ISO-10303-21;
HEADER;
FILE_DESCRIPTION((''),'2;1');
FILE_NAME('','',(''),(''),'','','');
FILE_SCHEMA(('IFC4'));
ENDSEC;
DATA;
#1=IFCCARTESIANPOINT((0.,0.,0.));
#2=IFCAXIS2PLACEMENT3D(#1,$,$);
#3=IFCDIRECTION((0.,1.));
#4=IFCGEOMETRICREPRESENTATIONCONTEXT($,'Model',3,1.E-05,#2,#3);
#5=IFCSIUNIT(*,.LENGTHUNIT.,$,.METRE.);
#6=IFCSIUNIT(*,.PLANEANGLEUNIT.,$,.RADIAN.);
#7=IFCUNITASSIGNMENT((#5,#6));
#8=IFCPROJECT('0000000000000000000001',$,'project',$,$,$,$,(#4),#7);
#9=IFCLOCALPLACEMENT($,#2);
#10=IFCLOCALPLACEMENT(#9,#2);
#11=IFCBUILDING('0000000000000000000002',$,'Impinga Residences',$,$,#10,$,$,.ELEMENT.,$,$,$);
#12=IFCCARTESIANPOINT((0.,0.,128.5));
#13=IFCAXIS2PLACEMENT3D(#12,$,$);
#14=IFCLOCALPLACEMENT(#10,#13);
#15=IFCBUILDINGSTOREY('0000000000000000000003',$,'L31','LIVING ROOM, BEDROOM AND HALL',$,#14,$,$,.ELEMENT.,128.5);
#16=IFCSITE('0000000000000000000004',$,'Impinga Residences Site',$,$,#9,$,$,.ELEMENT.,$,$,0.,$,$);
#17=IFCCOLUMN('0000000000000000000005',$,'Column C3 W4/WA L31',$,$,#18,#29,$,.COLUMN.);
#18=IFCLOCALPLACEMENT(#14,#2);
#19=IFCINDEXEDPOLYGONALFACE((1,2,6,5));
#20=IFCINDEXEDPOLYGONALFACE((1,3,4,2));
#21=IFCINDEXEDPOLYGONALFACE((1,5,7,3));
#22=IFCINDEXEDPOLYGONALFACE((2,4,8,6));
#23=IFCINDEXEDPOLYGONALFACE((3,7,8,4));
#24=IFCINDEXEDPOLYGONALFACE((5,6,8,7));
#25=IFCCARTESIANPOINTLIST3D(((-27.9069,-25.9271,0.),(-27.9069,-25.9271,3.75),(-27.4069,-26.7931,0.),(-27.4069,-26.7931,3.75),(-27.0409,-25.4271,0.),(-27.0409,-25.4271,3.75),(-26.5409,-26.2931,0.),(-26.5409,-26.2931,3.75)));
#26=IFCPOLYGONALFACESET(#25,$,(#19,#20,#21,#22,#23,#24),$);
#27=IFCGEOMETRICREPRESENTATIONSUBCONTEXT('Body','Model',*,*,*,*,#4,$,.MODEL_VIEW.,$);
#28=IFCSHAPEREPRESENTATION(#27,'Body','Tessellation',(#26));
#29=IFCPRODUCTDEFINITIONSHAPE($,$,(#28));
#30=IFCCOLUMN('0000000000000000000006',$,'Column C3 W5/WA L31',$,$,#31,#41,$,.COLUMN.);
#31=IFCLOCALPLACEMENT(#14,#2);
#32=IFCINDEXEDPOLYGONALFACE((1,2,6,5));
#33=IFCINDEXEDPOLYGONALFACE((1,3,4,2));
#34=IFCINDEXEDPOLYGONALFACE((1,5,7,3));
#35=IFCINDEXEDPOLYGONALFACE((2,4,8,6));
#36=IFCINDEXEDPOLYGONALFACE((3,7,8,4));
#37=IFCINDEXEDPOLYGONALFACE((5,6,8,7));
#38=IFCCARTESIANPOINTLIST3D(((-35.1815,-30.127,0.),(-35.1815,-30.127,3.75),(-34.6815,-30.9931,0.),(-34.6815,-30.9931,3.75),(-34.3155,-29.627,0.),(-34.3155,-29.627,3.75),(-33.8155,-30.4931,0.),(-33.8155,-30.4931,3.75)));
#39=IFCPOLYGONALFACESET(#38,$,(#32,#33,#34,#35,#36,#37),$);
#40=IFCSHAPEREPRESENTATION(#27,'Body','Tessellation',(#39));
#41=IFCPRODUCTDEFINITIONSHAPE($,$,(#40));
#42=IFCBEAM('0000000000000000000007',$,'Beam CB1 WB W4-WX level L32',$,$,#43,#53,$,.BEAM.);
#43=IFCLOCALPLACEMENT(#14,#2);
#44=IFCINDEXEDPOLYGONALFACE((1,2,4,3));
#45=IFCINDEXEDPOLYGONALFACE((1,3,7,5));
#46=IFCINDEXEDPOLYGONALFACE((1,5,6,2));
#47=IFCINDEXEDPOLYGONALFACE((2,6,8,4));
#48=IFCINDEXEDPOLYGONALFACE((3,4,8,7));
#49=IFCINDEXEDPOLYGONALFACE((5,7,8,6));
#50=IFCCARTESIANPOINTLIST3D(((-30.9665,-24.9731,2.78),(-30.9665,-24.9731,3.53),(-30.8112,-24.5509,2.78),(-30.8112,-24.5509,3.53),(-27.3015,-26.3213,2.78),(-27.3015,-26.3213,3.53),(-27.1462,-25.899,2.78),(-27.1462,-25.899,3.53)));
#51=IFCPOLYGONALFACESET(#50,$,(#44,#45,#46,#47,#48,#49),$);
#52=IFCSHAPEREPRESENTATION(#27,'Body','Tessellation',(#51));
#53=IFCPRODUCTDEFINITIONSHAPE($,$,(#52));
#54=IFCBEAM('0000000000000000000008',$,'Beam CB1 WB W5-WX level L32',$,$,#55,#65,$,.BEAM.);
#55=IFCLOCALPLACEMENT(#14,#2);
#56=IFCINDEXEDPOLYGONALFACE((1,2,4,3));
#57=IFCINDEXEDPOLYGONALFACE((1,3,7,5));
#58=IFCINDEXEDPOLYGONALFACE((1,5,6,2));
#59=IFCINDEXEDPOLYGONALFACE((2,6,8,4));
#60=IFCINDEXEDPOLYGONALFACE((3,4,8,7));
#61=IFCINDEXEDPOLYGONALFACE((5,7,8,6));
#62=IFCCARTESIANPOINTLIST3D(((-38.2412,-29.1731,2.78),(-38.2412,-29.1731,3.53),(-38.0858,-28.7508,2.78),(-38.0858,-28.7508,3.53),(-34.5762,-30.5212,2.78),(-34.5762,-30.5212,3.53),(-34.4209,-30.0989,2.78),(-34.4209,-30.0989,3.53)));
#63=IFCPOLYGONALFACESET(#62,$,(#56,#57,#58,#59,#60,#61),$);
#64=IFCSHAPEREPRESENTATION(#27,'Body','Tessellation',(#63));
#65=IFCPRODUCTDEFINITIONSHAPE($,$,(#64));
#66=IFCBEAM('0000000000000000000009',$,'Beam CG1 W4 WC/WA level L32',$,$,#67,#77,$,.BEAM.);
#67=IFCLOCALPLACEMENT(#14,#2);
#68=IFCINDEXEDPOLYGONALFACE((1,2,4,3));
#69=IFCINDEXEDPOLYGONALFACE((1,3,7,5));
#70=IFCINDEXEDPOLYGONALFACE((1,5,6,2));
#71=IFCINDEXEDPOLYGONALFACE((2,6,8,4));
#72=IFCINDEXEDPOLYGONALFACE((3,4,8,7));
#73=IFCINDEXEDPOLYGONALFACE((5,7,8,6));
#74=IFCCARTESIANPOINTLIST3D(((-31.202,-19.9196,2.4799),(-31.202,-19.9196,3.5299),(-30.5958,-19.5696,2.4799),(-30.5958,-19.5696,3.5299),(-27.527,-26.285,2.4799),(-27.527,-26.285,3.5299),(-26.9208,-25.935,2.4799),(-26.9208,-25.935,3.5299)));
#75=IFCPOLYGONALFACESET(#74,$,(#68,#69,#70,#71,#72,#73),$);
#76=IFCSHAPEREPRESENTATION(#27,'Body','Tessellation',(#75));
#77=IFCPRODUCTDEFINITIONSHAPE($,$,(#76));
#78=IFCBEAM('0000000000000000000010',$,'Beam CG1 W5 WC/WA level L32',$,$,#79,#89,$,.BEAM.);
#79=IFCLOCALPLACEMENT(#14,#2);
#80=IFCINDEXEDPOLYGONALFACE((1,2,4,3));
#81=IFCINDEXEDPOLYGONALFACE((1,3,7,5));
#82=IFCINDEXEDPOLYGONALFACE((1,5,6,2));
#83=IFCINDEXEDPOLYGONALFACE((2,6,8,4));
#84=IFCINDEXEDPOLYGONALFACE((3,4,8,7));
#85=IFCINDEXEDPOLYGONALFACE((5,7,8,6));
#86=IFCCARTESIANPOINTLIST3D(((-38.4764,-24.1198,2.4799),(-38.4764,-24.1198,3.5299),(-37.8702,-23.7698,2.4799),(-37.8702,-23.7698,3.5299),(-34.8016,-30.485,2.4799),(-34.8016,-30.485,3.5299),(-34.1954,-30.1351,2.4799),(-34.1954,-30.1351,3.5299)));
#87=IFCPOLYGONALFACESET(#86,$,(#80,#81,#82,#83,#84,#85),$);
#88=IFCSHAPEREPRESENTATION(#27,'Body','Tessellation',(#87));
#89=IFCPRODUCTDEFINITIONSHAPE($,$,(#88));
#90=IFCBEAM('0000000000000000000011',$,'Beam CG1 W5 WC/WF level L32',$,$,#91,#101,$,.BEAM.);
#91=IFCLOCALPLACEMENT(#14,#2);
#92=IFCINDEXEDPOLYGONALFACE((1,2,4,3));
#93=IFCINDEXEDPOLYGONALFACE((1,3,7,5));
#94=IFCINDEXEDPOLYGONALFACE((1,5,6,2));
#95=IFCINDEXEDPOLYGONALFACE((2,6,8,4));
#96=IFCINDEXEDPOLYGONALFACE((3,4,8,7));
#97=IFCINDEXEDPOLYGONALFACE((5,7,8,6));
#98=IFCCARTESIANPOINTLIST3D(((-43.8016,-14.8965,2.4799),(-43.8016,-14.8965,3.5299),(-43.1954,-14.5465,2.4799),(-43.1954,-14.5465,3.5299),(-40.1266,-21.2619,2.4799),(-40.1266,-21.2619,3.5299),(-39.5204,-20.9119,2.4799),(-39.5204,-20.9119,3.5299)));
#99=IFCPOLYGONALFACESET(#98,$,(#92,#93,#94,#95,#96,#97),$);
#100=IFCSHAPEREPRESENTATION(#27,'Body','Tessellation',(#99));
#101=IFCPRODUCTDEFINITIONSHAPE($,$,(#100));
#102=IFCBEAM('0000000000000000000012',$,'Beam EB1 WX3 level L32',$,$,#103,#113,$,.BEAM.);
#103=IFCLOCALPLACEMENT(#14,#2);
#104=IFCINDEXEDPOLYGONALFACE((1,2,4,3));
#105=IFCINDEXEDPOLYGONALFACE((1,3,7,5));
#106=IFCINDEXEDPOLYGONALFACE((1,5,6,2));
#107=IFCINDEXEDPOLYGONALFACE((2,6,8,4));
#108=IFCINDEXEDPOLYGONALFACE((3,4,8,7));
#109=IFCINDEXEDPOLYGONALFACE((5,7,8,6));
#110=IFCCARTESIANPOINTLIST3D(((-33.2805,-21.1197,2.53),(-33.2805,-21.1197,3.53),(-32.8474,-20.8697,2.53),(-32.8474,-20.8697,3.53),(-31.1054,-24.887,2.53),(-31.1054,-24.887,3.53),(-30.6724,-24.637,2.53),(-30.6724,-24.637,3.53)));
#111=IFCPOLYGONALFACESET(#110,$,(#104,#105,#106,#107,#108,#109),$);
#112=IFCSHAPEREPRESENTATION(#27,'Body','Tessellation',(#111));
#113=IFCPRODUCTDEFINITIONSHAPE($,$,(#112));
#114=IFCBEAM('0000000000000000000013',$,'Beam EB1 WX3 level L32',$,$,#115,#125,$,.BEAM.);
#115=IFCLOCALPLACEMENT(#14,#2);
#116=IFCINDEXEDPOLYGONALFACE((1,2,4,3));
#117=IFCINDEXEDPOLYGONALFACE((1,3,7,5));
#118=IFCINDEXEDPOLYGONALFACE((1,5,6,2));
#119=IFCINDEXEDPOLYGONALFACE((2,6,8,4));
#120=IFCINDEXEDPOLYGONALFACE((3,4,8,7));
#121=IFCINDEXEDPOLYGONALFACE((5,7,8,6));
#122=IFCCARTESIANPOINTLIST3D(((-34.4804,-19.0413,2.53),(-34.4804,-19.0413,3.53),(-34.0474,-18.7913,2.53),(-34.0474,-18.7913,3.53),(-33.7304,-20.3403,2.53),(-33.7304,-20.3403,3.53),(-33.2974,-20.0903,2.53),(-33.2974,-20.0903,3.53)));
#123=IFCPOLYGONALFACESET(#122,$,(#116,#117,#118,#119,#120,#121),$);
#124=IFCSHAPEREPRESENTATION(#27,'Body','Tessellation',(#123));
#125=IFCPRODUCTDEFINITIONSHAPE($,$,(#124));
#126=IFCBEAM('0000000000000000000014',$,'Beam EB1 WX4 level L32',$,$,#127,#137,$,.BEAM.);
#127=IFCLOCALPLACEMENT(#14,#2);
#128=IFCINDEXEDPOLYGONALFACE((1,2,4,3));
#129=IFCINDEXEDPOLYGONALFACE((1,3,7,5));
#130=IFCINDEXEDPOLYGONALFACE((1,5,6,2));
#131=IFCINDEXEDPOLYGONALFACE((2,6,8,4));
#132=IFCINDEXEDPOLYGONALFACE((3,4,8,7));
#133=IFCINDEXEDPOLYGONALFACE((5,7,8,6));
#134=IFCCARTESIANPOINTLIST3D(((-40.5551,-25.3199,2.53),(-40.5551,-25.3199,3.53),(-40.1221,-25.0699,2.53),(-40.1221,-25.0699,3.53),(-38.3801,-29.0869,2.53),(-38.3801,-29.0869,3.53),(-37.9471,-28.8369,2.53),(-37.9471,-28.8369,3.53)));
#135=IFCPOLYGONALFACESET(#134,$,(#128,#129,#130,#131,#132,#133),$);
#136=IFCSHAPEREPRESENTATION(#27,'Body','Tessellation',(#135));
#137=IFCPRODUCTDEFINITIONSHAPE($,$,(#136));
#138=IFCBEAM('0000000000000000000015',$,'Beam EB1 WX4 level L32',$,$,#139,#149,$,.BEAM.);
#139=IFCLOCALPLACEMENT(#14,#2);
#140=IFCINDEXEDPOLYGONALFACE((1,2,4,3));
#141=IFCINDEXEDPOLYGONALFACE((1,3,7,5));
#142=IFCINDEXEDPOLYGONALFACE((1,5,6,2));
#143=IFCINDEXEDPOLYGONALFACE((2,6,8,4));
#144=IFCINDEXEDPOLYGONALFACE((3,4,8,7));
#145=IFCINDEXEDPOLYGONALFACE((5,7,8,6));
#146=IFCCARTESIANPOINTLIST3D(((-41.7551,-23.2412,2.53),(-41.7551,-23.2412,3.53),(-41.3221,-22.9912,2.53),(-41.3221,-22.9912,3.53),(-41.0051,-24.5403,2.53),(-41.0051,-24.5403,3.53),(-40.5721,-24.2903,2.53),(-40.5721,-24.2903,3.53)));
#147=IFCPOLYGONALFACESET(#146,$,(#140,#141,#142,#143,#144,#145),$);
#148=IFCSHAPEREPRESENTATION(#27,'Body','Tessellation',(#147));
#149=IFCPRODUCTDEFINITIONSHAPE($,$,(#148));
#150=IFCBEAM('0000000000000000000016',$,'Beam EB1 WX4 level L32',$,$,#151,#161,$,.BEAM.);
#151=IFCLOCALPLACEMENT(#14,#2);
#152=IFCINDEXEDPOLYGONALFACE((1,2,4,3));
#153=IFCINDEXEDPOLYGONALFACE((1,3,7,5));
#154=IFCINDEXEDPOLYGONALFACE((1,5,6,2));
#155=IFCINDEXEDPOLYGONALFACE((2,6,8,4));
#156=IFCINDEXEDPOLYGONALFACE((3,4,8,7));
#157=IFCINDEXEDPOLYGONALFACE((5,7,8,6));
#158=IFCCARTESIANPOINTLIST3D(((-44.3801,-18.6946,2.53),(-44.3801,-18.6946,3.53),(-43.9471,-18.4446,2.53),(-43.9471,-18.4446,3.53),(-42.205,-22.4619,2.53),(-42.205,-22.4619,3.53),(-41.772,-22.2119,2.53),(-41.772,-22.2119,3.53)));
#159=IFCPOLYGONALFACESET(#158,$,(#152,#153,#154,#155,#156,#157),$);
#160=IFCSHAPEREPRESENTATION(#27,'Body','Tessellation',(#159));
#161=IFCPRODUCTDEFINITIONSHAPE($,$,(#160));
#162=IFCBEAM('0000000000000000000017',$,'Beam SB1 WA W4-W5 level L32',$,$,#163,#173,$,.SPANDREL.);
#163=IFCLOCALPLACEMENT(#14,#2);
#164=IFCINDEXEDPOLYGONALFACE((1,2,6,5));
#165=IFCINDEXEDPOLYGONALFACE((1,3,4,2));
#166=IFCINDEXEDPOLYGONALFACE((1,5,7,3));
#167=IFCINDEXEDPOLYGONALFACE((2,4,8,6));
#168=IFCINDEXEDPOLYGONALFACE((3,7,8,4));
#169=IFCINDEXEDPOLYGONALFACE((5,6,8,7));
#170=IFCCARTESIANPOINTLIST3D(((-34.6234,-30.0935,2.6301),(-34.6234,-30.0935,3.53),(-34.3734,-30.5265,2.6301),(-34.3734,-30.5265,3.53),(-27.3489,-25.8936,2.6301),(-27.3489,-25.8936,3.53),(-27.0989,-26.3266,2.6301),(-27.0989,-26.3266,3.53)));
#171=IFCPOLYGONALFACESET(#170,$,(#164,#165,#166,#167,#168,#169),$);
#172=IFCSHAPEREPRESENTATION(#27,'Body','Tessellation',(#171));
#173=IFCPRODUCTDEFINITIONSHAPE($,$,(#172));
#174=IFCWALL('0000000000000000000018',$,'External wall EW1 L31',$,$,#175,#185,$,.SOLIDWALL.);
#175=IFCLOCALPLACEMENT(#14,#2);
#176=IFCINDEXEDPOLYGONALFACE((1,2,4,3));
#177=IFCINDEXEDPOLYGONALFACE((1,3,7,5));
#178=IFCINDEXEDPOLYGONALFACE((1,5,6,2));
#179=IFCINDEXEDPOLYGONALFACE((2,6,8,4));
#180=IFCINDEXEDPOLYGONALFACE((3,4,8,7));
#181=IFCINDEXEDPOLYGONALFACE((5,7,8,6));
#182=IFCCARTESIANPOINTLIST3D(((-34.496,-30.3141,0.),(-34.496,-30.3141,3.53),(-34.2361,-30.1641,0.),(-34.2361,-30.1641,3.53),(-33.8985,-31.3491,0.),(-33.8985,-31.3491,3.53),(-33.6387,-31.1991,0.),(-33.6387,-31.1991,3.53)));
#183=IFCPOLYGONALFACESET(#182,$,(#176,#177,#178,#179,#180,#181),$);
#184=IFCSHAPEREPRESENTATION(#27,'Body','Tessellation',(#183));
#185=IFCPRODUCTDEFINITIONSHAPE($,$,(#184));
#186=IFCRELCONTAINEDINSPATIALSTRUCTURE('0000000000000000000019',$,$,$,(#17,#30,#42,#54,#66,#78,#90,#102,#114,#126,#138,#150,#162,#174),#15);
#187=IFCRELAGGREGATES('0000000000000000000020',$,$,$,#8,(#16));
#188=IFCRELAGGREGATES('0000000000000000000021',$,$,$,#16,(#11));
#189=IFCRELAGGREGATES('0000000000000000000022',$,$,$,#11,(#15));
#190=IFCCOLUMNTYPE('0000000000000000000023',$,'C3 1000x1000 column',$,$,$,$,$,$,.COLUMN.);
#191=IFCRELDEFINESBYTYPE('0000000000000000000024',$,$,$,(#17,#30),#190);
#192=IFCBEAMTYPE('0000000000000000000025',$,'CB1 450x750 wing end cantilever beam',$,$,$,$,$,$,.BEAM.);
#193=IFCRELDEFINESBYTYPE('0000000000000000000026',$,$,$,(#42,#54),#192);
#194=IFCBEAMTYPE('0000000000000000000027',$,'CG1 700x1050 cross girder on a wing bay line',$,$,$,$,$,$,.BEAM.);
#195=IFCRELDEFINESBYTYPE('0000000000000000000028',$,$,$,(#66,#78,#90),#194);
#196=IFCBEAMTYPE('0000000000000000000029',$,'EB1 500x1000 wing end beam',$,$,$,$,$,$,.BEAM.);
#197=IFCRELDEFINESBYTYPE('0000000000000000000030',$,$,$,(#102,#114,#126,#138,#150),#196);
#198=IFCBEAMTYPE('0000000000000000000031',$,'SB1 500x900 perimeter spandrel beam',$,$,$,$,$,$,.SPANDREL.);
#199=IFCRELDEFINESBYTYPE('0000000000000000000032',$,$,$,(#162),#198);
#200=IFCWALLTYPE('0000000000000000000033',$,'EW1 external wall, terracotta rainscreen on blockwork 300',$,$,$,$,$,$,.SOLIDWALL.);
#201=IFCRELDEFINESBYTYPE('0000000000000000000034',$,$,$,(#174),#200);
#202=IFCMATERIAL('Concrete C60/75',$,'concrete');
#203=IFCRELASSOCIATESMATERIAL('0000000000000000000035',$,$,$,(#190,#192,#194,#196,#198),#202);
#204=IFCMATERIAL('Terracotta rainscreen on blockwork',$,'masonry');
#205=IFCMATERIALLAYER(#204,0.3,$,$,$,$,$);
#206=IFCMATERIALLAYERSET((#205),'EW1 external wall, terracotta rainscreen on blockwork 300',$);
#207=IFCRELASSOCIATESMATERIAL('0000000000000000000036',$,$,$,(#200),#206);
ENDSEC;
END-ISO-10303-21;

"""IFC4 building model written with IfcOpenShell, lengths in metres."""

from ifc_helpers import new_model, si_unit, direction, frame, frame_2d, origin, origin_2d, place, context, subcontext, project, spatial, rectangle, extrude, material, layer, layer_set, material_profile, profile_set, type_object, element, save


model = new_model("IFC4")

# Units and contexts
model_context = context("Model", 3, precision=1e-05, world=origin(), true_north=direction((0.0, 1.0)))
body_context = subcontext(model_context, "Body", "Model", "MODEL_VIEW")
ifc_project = project(units=[si_unit("LENGTHUNIT", "METRE"), si_unit("PLANEANGLEUNIT", "RADIAN")], contexts=[model_context])

# Site, building, storey
site_placement = place(None, origin())
site = spatial("IfcSite", under=ifc_project, at=site_placement, Name="Impinga Residences Site", CompositionType="ELEMENT", RefElevation=0.0)
building_placement = place(site_placement, origin())
building = spatial("IfcBuilding", under=site, at=building_placement, Name="Impinga Residences", CompositionType="ELEMENT")
storey_placement = place(building_placement, frame((0.0, 0.0, 128.5)))
storey = spatial("IfcBuildingStorey", under=building, at=storey_placement, Name="L31", Description="LIVING ROOM, BEDROOM AND HALL", CompositionType="ELEMENT", Elevation=128.5)

# Columns
ifc_material_1 = material(Name="Concrete C60/75", Category="concrete")
ifc_material_profile_1 = material_profile(ifc_material_1, rectangle(XDim=1.0, YDim=1.0, at=origin_2d()), Name="RC 1000x1000")
ifc_profile_set_1 = profile_set([ifc_material_profile_1], Name="Concrete C60/75")
column_type = type_object("IfcColumnType", Name="C3 1000x1000 column", PredefinedType="COLUMN", material=ifc_profile_set_1)
for number, where, z_axis, x_axis, name in (
    (1, (-27.2239, -26.1101, 0.0), (0.0, 0.0, 1.0), (-0.5, 0.866025, 0.0), "Column C3 W4/WA L31"),
    (2, (-34.4985, -30.3101, 0.0), (0.0, 0.0, 1.0), (-0.5, 0.866025, 0.0), "Column C3 W5/WA L31"),
):
    element("IfcColumn", number, at=place(storey_placement, frame(where, z_axis=z_axis, x_axis=x_axis)), inside=storey, type_object=column_type, Name=name, PredefinedType="COLUMN", context=body_context, shape_type="SweptSolid", body=[
        extrude(rectangle(XDim=1.0, YDim=1.0, at=origin_2d()), origin(), (0.0, 0.0, 1.0), 3.75),
    ])

# Beams
ifc_material_profile_2 = material_profile(ifc_material_1, rectangle(XDim=0.45, YDim=0.75, at=origin_2d()), Name="RC 450x750")
ifc_profile_set_2 = profile_set([ifc_material_profile_2], Name="Concrete C60/75")
beam_type_1 = type_object("IfcBeamType", Name="CB1 450x750 wing end cantilever beam", PredefinedType="BEAM", material=ifc_profile_set_2)
for number, where, z_axis, x_axis, name in (
    (3, (-27.2239, -26.1101, 3.155), (-0.93852, 0.345224, 0.0), (-0.345224, -0.93852, 0.0), "Beam CB1 WB W4-WX level L32"),
    (4, (-34.4985, -30.3101, 3.155), (-0.93852, 0.345224, 0.0), (-0.345224, -0.93852, 0.0), "Beam CB1 WB W5-WX level L32"),
):
    element("IfcBeam", number, at=place(storey_placement, frame(where, z_axis=z_axis, x_axis=x_axis)), inside=storey, type_object=beam_type_1, Name=name, PredefinedType="BEAM", context=body_context, shape_type="SweptSolid", body=[
        extrude(rectangle(XDim=0.45, YDim=0.75, at=origin_2d()), origin(), (0.0, 0.0, 1.0), 3.905),
    ])
ifc_material_profile_3 = material_profile(ifc_material_1, rectangle(XDim=0.7, YDim=1.05, at=origin_2d()), Name="RC 700x1050")
ifc_profile_set_3 = profile_set([ifc_material_profile_3], Name="Concrete C60/75")
beam_type_2 = type_object("IfcBeamType", Name="CG1 700x1050 cross girder on a wing bay line", PredefinedType="BEAM", material=ifc_profile_set_3)
beam_1_placement = place(storey_placement, frame((-30.8989, -19.7446, 3.0049), z_axis=(0.499994, -0.866029, 0.0), x_axis=(0.866029, 0.499994, 0.0)))
element("IfcBeam", 5, at=beam_1_placement, inside=storey, type_object=beam_type_2, Name="Beam CG1 W4 WC/WA level L32", PredefinedType="BEAM", context=body_context, shape_type="SweptSolid", body=[
    extrude(rectangle(XDim=0.7, YDim=1.05, at=origin_2d()), origin(), (0.0, 0.0, 1.0), 7.3501),
])
beam_2_placement = place(storey_placement, frame((-38.1733, -23.9448, 3.0049), z_axis=(0.499983, -0.866035, 0.0), x_axis=(0.866035, 0.499983, 0.0)))
element("IfcBeam", 6, at=beam_2_placement, inside=storey, type_object=beam_type_2, Name="Beam CG1 W5 WC/WA level L32", PredefinedType="BEAM", context=body_context, shape_type="SweptSolid", body=[
    extrude(rectangle(XDim=0.7, YDim=1.05, at=origin_2d()), origin(), (0.0, 0.0, 1.0), 7.3499),
])
beam_3_placement = place(storey_placement, frame((-39.8235, -21.0869, 3.0049), z_axis=(-0.499994, 0.866029, 0.0), x_axis=(-0.866029, -0.499994, 0.0)))
element("IfcBeam", 7, at=beam_3_placement, inside=storey, type_object=beam_type_2, Name="Beam CG1 W5 WC/WF level L32", PredefinedType="BEAM", context=body_context, shape_type="SweptSolid", body=[
    extrude(rectangle(XDim=0.7, YDim=1.05, at=origin_2d()), origin(), (0.0, 0.0, 1.0), 7.3501),
])
ifc_material_profile_4 = material_profile(ifc_material_1, rectangle(XDim=0.5, YDim=1.0, at=origin_2d()), Name="RC 500x1000")
ifc_profile_set_4 = profile_set([ifc_material_profile_4], Name="Concrete C60/75")
beam_type_3 = type_object("IfcBeamType", Name="EB1 500x1000 wing end beam", PredefinedType="BEAM", material=ifc_profile_set_4)
beam_4_placement = place(storey_placement, frame((-30.8889, -24.762, 3.03), z_axis=(-0.499996, 0.866028, 0.0), x_axis=(-0.866028, -0.499996, 0.0)))
element("IfcBeam", 8, at=beam_4_placement, inside=storey, type_object=beam_type_3, Name="Beam EB1 WX3 level L32", PredefinedType="BEAM", context=body_context, shape_type="SweptSolid", body=[
    extrude(rectangle(XDim=0.5, YDim=1.0, at=origin_2d()), origin(), (0.0, 0.0, 1.0), 4.3501),
])
beam_5_placement = place(storey_placement, frame((-33.5139, -20.2153, 3.03), z_axis=(-0.49999, 0.866031, 0.0), x_axis=(-0.866031, -0.49999, 0.0)))
element("IfcBeam", 9, at=beam_5_placement, inside=storey, type_object=beam_type_3, Name="Beam EB1 WX3 level L32", PredefinedType="BEAM", context=body_context, shape_type="SweptSolid", body=[
    extrude(rectangle(XDim=0.5, YDim=1.0, at=origin_2d()), origin(), (0.0, 0.0, 1.0), 1.5),
])
beam_6_placement = place(storey_placement, frame((-38.1636, -28.9619, 3.03), z_axis=(-0.50002, 0.866014, 0.0), x_axis=(-0.866014, -0.50002, 0.0)))
element("IfcBeam", 10, at=beam_6_placement, inside=storey, type_object=beam_type_3, Name="Beam EB1 WX4 level L32", PredefinedType="BEAM", context=body_context, shape_type="SweptSolid", body=[
    extrude(rectangle(XDim=0.5, YDim=1.0, at=origin_2d()), origin(), (0.0, 0.0, 1.0), 4.3499),
])
beam_7_placement = place(storey_placement, frame((-40.7886, -24.4153, 3.03), z_axis=(-0.49999, 0.866031, 0.0), x_axis=(-0.866031, -0.49999, 0.0)))
element("IfcBeam", 11, at=beam_7_placement, inside=storey, type_object=beam_type_3, Name="Beam EB1 WX4 level L32", PredefinedType="BEAM", context=body_context, shape_type="SweptSolid", body=[
    extrude(rectangle(XDim=0.5, YDim=1.0, at=origin_2d()), origin(), (0.0, 0.0, 1.0), 1.5),
])
beam_8_placement = place(storey_placement, frame((-41.9885, -22.3369, 3.03), z_axis=(-0.499996, 0.866028, 0.0), x_axis=(-0.866028, -0.499996, 0.0)))
element("IfcBeam", 12, at=beam_8_placement, inside=storey, type_object=beam_type_3, Name="Beam EB1 WX4 level L32", PredefinedType="BEAM", context=body_context, shape_type="SweptSolid", body=[
    extrude(rectangle(XDim=0.5, YDim=1.0, at=origin_2d()), origin(), (0.0, 0.0, 1.0), 4.3501),
])
ifc_material_profile_5 = material_profile(ifc_material_1, rectangle(XDim=0.5, YDim=0.8999, at=origin_2d()), Name="RC 500x900")
ifc_profile_set_5 = profile_set([ifc_material_profile_5], Name="Concrete C60/75")
beam_type_4 = type_object("IfcBeamType", Name="SB1 500x900 perimeter spandrel beam", PredefinedType="SPANDREL", material=ifc_profile_set_5)
beam_9_placement = place(storey_placement, frame((-27.2239, -26.1101, 3.0801), z_axis=(-0.866029, -0.499993, 0.0), x_axis=(0.499993, -0.866029, 0.0)))
element("IfcBeam", 13, at=beam_9_placement, inside=storey, type_object=beam_type_4, Name="Beam SB1 WA W4-W5 level L32", PredefinedType="SPANDREL", context=body_context, shape_type="SweptSolid", body=[
    extrude(rectangle(XDim=0.5, YDim=0.8999, at=origin_2d()), origin(), (0.0, 0.0, 1.0), 8.3999),
])

# Wall
ifc_material_2 = material(Name="Terracotta rainscreen on blockwork", Category="masonry")
ifc_layer_1 = layer(ifc_material_2, 0.3)
ifc_layer_set_1 = layer_set([ifc_layer_1], Name="EW1 external wall, terracotta rainscreen on blockwork 300")
wall_type_1 = type_object("IfcWallType", Name="EW1 external wall, terracotta rainscreen on blockwork 300", PredefinedType="SOLIDWALL", material=ifc_layer_set_1)
wall_1_placement = place(storey_placement, frame((-33.7686, -31.2742, 0.0), z_axis=(0.0, 0.0, 1.0), x_axis=(-0.499941, 0.86606, 0.0)))
element("IfcWall", 14, at=wall_1_placement, inside=storey, type_object=wall_type_1, Name="External wall EW1 L31", PredefinedType="SOLIDWALL", context=body_context, shape_type="SweptSolid", body=[
    extrude(rectangle(XDim=1.1951, YDim=0.3, at=frame_2d((0.5977, 0.0))), origin(), (0.0, 0.0, 1.0), 3.53),
])

save(model, "model.ifc")
